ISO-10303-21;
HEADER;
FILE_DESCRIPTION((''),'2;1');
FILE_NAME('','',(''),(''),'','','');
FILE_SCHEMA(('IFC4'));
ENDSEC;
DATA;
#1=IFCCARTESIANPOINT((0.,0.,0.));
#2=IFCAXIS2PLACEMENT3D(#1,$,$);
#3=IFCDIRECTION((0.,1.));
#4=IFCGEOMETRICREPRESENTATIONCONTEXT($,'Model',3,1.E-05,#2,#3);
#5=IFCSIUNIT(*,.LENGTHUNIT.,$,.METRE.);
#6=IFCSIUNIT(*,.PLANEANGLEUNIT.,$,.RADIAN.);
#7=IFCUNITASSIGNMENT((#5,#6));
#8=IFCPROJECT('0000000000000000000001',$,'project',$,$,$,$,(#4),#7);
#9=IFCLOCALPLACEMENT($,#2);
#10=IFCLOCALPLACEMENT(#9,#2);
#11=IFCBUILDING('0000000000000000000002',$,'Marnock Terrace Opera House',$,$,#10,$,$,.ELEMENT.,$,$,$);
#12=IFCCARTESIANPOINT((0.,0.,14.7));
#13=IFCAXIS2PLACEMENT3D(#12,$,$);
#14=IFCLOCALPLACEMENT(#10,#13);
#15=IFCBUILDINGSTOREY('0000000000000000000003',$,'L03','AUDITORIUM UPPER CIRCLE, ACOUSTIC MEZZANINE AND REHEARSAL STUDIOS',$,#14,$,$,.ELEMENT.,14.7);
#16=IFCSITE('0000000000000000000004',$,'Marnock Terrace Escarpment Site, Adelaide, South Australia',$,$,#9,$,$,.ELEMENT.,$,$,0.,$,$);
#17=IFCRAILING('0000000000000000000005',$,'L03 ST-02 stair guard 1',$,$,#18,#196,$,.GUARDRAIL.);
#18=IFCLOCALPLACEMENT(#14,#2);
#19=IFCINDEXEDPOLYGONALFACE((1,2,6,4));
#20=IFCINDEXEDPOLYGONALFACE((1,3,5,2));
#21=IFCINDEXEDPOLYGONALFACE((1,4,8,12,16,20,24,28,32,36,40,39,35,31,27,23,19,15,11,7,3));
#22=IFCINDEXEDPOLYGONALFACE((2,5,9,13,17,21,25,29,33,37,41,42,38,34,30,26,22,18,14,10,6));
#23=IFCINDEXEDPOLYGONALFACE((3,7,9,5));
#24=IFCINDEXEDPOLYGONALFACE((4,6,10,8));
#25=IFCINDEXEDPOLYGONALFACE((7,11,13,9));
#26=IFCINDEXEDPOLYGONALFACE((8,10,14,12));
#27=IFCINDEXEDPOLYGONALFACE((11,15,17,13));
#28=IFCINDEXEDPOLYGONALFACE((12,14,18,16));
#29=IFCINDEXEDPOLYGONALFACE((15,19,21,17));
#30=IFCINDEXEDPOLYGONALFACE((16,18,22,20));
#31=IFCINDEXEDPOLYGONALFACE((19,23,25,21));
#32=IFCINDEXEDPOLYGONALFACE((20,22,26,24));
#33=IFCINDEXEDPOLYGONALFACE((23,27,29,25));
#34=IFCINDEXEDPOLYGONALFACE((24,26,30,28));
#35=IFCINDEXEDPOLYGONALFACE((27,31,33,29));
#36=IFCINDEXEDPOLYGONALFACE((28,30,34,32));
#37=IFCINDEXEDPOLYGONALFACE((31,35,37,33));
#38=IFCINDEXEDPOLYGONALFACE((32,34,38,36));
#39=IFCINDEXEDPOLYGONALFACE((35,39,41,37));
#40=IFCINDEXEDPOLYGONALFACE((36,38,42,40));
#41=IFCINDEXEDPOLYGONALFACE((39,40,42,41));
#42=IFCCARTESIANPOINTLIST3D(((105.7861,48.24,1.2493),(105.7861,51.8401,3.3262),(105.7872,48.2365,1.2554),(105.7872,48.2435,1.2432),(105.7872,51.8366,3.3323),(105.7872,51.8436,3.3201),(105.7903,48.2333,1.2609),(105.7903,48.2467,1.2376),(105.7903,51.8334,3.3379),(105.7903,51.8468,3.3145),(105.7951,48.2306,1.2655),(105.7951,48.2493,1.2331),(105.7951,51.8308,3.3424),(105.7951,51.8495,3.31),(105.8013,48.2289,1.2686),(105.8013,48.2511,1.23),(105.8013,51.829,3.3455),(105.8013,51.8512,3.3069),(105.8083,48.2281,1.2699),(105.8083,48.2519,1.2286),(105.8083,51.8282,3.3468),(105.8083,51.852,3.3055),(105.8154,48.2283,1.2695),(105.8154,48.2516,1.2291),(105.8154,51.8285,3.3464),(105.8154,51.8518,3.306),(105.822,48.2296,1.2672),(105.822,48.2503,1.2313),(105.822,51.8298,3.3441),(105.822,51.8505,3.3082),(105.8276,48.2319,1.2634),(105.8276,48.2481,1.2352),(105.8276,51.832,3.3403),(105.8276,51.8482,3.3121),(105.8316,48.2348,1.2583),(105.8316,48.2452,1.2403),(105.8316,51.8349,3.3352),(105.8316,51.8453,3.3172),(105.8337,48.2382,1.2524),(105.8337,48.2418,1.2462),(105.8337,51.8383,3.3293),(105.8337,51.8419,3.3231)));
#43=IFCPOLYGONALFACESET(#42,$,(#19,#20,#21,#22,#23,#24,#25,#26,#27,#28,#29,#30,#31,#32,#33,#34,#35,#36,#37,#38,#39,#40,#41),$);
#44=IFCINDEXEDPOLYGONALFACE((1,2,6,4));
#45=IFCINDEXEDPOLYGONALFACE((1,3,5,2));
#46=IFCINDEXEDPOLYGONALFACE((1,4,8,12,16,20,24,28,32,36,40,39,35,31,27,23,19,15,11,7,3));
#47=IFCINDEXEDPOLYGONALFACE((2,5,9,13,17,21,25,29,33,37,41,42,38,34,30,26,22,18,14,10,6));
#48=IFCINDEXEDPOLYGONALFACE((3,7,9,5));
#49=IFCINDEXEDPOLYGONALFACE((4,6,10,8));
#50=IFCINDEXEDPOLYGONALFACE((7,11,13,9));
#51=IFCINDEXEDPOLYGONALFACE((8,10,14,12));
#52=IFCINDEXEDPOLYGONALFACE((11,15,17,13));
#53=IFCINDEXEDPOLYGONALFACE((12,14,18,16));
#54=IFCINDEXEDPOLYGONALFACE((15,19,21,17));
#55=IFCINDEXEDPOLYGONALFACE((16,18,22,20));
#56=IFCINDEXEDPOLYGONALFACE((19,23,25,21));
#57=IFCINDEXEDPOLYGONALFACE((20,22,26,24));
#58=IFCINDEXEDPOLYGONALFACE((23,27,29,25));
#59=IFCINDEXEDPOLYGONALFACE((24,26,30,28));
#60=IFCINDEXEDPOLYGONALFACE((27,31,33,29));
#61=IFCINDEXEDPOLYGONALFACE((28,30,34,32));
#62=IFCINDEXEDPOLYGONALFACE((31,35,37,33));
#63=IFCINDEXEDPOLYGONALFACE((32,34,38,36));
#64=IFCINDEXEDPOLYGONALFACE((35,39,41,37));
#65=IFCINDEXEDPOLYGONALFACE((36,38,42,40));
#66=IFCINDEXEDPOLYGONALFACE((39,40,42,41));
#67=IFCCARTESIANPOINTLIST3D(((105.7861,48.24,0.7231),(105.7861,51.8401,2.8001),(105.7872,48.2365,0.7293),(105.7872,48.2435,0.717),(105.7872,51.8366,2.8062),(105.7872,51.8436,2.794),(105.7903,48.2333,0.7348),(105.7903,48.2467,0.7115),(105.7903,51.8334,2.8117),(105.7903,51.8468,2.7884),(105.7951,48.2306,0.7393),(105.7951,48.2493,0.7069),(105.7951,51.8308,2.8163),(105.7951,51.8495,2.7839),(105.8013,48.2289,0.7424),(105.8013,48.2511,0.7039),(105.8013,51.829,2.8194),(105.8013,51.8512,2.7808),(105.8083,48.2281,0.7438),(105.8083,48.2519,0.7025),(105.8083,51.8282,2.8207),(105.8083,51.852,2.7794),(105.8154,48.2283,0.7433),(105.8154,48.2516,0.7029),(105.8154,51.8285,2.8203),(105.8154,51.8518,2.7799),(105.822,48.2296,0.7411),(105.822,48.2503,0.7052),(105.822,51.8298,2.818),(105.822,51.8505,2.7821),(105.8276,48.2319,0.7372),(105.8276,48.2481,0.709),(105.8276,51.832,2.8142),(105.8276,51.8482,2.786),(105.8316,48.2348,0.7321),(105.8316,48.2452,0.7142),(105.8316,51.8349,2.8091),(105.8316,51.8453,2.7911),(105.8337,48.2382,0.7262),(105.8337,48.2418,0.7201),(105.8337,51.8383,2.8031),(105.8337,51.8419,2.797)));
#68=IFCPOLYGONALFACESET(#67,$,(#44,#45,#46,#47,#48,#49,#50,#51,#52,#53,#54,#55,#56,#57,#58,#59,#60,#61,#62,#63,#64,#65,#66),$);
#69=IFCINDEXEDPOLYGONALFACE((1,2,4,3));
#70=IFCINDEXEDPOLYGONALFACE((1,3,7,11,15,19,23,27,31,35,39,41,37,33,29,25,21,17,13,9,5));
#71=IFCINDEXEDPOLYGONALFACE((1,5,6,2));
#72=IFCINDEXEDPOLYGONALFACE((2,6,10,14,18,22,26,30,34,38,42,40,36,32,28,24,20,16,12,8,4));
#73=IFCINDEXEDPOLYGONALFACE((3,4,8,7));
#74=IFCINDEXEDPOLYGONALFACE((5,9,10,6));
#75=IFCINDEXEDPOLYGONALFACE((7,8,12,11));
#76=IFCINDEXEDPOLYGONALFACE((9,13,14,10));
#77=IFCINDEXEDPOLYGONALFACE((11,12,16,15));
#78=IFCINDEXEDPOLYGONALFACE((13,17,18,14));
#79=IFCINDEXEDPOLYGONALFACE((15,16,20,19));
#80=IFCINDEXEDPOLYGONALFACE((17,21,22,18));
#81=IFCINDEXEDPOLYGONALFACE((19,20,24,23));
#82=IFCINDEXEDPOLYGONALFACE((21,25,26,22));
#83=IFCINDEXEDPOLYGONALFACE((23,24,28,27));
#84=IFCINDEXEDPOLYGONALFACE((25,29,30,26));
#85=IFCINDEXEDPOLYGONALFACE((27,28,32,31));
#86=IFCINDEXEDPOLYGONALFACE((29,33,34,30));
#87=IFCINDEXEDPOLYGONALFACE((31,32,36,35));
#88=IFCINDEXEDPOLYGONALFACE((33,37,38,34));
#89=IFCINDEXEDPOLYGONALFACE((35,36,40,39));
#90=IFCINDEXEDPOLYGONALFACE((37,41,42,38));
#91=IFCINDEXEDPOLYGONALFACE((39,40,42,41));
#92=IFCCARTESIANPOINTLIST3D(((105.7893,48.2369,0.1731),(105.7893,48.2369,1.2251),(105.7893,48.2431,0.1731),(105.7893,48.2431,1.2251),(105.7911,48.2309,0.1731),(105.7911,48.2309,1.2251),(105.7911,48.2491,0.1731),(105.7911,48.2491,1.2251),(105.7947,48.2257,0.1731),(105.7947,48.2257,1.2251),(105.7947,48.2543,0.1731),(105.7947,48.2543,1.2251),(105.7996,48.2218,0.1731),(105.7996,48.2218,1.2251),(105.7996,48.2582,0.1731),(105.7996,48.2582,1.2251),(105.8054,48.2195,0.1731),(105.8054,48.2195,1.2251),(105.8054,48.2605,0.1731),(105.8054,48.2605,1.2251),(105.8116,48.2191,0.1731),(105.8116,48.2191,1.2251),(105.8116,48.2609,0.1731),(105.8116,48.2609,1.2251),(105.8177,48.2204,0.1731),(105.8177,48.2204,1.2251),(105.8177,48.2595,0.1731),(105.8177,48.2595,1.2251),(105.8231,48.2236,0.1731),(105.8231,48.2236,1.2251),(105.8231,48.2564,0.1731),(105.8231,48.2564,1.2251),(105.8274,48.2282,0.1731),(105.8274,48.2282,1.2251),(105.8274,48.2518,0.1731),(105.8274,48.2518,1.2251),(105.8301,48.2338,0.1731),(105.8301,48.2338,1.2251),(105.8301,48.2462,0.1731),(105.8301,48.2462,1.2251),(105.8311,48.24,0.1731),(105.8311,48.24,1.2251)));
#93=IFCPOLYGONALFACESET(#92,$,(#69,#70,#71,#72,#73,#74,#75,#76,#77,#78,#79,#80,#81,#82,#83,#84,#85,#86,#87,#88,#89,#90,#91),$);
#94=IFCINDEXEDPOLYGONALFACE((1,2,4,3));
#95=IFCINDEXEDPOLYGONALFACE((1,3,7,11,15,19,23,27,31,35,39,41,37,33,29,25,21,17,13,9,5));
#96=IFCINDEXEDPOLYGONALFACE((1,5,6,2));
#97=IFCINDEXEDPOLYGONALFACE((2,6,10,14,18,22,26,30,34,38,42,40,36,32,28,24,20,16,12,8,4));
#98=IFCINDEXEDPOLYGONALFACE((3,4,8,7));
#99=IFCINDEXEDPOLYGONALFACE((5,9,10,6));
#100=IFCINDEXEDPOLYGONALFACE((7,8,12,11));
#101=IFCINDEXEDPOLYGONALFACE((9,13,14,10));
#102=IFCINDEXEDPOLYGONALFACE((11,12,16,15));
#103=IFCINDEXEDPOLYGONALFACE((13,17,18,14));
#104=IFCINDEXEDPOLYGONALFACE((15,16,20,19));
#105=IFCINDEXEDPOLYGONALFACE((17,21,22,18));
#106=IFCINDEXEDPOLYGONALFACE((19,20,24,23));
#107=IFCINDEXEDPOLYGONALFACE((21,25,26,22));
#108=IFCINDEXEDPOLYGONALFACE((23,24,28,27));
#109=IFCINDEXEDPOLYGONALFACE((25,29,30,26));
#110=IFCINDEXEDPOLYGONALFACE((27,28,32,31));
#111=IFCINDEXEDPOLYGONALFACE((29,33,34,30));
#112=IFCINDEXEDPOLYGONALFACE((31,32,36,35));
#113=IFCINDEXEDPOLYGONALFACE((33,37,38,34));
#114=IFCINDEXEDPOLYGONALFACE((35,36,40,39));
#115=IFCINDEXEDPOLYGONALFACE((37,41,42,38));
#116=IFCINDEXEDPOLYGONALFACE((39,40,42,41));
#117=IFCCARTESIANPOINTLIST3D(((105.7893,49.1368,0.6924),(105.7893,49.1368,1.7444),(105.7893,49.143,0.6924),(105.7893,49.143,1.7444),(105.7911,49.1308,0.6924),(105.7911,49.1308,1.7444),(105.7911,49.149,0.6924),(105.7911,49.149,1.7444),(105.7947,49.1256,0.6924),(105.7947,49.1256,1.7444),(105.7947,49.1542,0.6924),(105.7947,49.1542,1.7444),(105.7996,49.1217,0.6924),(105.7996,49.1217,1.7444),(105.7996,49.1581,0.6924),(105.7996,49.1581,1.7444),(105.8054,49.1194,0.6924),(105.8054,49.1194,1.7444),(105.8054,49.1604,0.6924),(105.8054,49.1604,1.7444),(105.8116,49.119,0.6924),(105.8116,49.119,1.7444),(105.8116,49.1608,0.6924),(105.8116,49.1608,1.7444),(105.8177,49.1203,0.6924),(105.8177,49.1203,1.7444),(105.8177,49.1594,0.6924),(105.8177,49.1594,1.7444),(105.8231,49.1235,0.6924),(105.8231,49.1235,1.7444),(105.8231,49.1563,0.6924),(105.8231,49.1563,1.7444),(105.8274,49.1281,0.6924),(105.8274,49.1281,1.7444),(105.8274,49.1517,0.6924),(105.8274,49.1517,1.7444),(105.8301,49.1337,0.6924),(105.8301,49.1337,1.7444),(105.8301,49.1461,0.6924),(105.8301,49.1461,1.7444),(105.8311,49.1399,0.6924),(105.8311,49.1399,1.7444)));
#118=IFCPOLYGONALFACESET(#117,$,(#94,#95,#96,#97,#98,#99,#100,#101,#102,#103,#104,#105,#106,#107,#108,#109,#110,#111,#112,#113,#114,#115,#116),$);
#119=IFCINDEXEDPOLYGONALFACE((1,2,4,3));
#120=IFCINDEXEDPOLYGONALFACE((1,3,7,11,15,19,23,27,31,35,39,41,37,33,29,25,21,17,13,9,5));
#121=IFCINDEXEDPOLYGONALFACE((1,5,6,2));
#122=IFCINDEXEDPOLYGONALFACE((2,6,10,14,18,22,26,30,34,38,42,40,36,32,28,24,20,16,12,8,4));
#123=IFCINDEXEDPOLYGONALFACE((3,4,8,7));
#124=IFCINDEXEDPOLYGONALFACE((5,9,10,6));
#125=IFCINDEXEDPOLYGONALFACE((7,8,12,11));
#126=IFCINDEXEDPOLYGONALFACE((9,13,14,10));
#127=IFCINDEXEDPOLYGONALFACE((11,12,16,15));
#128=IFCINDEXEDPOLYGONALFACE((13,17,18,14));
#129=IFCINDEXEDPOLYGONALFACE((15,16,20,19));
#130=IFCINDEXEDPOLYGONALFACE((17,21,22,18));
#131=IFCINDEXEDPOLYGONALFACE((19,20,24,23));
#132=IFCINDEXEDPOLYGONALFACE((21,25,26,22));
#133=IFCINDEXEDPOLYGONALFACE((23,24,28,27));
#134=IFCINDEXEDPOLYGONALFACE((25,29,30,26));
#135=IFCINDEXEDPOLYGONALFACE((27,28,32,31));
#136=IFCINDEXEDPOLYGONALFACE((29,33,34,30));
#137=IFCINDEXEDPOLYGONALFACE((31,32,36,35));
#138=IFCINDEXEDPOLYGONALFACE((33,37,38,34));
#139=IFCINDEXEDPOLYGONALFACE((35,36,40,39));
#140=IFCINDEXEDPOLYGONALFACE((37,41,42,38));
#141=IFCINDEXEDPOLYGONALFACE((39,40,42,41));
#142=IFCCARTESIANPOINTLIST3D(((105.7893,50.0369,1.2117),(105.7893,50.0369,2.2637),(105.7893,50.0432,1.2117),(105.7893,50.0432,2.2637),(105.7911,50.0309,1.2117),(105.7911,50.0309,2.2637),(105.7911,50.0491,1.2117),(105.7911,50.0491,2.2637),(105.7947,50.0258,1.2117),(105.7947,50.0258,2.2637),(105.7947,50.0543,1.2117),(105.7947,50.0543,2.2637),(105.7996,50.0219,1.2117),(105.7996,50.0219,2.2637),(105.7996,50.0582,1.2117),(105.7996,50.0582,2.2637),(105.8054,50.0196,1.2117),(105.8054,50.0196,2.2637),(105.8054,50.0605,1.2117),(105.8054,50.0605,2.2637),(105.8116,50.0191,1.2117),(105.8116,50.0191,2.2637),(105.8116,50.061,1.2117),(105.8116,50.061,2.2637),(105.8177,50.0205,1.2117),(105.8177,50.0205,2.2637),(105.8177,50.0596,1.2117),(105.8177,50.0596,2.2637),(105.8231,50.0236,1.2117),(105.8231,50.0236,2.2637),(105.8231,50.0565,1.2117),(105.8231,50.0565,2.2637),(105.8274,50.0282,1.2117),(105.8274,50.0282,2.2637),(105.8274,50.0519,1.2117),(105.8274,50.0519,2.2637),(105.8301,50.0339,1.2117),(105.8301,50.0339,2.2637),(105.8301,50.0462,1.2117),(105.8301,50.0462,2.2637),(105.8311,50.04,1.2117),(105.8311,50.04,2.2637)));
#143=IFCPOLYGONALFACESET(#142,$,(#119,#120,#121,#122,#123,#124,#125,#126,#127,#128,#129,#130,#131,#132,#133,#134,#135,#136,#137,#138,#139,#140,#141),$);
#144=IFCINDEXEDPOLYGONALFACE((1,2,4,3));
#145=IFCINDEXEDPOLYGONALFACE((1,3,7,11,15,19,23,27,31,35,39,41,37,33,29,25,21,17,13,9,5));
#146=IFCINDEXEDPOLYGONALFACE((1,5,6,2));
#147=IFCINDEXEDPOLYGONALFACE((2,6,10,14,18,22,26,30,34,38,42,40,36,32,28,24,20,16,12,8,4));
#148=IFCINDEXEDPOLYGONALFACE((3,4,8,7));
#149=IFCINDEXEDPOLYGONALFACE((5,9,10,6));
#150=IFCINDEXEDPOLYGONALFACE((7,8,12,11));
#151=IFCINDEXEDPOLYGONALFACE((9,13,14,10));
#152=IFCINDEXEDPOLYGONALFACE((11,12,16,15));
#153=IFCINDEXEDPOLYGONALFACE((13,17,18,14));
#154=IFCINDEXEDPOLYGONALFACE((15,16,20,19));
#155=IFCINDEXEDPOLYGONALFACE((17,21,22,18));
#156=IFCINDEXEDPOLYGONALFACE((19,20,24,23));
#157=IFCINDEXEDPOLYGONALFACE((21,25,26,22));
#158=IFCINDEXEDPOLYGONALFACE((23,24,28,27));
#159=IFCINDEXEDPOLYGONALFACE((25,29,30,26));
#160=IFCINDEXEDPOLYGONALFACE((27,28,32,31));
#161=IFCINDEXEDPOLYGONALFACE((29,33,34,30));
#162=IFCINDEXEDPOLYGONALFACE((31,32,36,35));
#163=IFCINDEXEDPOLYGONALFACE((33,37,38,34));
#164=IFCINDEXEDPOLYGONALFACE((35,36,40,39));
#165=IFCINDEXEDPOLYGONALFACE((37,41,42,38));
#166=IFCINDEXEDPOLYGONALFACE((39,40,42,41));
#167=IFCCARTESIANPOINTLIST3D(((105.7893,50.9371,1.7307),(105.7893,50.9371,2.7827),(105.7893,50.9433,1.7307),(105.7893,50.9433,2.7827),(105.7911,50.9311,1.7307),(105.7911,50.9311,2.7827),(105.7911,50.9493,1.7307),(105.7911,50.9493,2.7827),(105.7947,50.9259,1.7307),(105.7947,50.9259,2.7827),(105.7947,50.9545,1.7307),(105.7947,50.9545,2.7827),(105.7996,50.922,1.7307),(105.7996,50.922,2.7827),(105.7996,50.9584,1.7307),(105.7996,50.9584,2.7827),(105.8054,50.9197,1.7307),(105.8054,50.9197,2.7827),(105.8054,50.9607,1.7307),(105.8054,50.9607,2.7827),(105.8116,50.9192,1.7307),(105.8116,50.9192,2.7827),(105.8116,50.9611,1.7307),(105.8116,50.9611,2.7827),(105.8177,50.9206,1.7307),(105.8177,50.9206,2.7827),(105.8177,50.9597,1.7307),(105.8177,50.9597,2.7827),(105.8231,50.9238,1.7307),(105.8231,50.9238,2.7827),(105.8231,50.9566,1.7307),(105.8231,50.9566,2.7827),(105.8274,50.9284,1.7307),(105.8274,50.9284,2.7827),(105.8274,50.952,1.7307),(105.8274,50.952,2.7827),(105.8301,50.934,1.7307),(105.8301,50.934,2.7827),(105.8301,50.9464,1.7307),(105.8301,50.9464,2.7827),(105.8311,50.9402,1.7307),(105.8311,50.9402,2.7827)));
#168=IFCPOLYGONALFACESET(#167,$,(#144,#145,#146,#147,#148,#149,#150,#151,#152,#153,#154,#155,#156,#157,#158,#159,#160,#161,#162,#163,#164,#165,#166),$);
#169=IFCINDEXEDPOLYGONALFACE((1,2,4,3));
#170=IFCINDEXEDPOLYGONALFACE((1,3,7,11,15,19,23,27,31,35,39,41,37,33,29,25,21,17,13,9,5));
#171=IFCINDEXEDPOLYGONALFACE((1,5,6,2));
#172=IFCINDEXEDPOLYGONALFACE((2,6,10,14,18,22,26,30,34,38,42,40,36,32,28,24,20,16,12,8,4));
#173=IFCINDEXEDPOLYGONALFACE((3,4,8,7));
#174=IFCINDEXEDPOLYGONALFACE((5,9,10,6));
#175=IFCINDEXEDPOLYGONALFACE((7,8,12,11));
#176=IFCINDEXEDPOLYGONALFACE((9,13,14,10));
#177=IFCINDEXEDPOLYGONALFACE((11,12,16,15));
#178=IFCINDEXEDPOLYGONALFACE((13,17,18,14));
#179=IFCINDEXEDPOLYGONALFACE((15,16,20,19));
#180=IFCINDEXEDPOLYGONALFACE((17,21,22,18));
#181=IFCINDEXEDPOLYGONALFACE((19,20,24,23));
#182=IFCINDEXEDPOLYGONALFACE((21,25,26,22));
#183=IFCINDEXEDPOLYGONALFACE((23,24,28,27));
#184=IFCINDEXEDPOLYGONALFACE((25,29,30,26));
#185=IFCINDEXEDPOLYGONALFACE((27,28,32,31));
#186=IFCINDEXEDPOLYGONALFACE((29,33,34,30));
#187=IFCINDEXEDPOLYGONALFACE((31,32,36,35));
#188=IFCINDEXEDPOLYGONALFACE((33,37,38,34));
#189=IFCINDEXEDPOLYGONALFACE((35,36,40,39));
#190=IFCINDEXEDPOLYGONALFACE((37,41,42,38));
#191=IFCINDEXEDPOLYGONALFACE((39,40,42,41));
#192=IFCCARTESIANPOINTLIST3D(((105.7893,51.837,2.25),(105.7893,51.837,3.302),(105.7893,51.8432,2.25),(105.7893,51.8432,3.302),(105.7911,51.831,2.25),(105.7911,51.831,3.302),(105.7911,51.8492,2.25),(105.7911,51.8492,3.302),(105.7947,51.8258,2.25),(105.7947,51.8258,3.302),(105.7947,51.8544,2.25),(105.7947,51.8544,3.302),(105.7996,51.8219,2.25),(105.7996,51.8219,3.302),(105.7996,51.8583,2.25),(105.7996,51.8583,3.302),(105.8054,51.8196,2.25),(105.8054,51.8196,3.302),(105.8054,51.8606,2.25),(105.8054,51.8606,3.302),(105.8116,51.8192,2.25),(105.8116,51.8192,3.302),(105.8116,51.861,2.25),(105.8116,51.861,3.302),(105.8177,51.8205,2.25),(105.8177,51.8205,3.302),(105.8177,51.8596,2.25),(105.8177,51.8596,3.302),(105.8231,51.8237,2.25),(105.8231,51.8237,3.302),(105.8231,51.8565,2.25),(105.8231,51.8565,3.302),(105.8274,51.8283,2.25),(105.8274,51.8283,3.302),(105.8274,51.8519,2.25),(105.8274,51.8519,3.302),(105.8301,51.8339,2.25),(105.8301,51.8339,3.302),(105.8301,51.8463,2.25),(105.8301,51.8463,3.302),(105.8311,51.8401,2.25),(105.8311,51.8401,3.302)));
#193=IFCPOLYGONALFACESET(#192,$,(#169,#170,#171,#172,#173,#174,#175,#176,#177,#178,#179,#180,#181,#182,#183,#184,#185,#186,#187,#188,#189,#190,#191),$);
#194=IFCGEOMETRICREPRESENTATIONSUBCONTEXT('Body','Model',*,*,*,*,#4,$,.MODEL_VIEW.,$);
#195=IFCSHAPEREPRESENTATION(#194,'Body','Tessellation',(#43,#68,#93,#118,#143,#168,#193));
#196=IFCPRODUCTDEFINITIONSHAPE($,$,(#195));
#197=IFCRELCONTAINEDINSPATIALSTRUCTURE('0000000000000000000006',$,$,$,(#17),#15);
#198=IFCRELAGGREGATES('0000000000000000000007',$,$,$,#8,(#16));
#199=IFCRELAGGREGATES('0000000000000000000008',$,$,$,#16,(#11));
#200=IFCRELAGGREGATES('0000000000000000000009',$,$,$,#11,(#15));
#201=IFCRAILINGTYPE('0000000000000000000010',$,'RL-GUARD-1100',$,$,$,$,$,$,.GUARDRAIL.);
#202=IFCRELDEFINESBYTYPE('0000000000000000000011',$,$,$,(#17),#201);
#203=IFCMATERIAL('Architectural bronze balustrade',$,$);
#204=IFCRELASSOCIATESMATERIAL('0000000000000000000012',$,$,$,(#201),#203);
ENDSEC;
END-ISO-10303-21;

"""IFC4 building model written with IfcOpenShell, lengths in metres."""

from ifc_helpers import new_model, si_unit, direction, frame, origin, origin_2d, place, context, subcontext, project, spatial, circle, extrude, material, type_object, element, save


model = new_model("IFC4")

# Units and contexts
model_context = context("Model", 3, precision=1e-05, world=origin(), true_north=direction((0.0, 1.0)))
body_context = subcontext(model_context, "Body", "Model", "MODEL_VIEW")
ifc_project = project(units=[si_unit("LENGTHUNIT", "METRE"), si_unit("PLANEANGLEUNIT", "RADIAN")], contexts=[model_context])

# Site, building, storey
site_placement = place(None, origin())
site = spatial("IfcSite", under=ifc_project, at=site_placement, Name="Marnock Terrace Escarpment Site, Adelaide, South Australia", CompositionType="ELEMENT", RefElevation=0.0)
building_placement = place(site_placement, origin())
building = spatial("IfcBuilding", under=site, at=building_placement, Name="Marnock Terrace Opera House", CompositionType="ELEMENT")
storey_placement = place(building_placement, frame((0.0, 0.0, 14.7)))
storey = spatial("IfcBuildingStorey", under=building, at=storey_placement, Name="L03", Description="AUDITORIUM UPPER CIRCLE, ACOUSTIC MEZZANINE AND REHEARSAL STUDIOS", CompositionType="ELEMENT", Elevation=14.7)

# Railing
ifc_material_1 = material(Name="Architectural bronze balustrade")
railing_type_1 = type_object("IfcRailingType", Name="RL-GUARD-1100", PredefinedType="GUARDRAIL", material=ifc_material_1)
railing_1_placement = place(storey_placement, frame((105.8101, 48.24, 0.1731)))
element("IfcRailing", 1, at=railing_1_placement, inside=storey, type_object=railing_type_1, Name="L03 ST-02 stair guard 1", PredefinedType="GUARDRAIL", context=body_context, shape_type="SweptSolid", body=[
    extrude(circle(Radius=0.0239, at=origin_2d()), frame((0.0, 0.0, 1.0762), z_axis=(0.0, 0.866193, 0.499709), x_axis=(-1.0, 0.0, 0.0)), (0.0, 0.0, 1.0), 4.1562),
    extrude(circle(Radius=0.0239, at=origin_2d()), frame((0.0, 0.0, 0.55), z_axis=(0.0, 0.866193, 0.499709), x_axis=(-1.0, 0.0, 0.0)), (0.0, 0.0, 1.0), 4.1562),
    extrude(circle(Radius=0.021, at=origin_2d()), origin(), (0.0, 0.0, 1.0), 1.052),
    extrude(circle(Radius=0.021, at=origin_2d()), frame((0.0, 0.8999, 0.5193)), (0.0, 0.0, 1.0), 1.052),
    extrude(circle(Radius=0.021, at=origin_2d()), frame((0.0, 1.8, 1.0386)), (0.0, 0.0, 1.0), 1.052),
    extrude(circle(Radius=0.021, at=origin_2d()), frame((0.0, 2.7002, 1.5576)), (0.0, 0.0, 1.0), 1.052),
    extrude(circle(Radius=0.021, at=origin_2d()), frame((0.0, 3.6001, 2.0769)), (0.0, 0.0, 1.0), 1.052),
])

save(model, "model.ifc")
